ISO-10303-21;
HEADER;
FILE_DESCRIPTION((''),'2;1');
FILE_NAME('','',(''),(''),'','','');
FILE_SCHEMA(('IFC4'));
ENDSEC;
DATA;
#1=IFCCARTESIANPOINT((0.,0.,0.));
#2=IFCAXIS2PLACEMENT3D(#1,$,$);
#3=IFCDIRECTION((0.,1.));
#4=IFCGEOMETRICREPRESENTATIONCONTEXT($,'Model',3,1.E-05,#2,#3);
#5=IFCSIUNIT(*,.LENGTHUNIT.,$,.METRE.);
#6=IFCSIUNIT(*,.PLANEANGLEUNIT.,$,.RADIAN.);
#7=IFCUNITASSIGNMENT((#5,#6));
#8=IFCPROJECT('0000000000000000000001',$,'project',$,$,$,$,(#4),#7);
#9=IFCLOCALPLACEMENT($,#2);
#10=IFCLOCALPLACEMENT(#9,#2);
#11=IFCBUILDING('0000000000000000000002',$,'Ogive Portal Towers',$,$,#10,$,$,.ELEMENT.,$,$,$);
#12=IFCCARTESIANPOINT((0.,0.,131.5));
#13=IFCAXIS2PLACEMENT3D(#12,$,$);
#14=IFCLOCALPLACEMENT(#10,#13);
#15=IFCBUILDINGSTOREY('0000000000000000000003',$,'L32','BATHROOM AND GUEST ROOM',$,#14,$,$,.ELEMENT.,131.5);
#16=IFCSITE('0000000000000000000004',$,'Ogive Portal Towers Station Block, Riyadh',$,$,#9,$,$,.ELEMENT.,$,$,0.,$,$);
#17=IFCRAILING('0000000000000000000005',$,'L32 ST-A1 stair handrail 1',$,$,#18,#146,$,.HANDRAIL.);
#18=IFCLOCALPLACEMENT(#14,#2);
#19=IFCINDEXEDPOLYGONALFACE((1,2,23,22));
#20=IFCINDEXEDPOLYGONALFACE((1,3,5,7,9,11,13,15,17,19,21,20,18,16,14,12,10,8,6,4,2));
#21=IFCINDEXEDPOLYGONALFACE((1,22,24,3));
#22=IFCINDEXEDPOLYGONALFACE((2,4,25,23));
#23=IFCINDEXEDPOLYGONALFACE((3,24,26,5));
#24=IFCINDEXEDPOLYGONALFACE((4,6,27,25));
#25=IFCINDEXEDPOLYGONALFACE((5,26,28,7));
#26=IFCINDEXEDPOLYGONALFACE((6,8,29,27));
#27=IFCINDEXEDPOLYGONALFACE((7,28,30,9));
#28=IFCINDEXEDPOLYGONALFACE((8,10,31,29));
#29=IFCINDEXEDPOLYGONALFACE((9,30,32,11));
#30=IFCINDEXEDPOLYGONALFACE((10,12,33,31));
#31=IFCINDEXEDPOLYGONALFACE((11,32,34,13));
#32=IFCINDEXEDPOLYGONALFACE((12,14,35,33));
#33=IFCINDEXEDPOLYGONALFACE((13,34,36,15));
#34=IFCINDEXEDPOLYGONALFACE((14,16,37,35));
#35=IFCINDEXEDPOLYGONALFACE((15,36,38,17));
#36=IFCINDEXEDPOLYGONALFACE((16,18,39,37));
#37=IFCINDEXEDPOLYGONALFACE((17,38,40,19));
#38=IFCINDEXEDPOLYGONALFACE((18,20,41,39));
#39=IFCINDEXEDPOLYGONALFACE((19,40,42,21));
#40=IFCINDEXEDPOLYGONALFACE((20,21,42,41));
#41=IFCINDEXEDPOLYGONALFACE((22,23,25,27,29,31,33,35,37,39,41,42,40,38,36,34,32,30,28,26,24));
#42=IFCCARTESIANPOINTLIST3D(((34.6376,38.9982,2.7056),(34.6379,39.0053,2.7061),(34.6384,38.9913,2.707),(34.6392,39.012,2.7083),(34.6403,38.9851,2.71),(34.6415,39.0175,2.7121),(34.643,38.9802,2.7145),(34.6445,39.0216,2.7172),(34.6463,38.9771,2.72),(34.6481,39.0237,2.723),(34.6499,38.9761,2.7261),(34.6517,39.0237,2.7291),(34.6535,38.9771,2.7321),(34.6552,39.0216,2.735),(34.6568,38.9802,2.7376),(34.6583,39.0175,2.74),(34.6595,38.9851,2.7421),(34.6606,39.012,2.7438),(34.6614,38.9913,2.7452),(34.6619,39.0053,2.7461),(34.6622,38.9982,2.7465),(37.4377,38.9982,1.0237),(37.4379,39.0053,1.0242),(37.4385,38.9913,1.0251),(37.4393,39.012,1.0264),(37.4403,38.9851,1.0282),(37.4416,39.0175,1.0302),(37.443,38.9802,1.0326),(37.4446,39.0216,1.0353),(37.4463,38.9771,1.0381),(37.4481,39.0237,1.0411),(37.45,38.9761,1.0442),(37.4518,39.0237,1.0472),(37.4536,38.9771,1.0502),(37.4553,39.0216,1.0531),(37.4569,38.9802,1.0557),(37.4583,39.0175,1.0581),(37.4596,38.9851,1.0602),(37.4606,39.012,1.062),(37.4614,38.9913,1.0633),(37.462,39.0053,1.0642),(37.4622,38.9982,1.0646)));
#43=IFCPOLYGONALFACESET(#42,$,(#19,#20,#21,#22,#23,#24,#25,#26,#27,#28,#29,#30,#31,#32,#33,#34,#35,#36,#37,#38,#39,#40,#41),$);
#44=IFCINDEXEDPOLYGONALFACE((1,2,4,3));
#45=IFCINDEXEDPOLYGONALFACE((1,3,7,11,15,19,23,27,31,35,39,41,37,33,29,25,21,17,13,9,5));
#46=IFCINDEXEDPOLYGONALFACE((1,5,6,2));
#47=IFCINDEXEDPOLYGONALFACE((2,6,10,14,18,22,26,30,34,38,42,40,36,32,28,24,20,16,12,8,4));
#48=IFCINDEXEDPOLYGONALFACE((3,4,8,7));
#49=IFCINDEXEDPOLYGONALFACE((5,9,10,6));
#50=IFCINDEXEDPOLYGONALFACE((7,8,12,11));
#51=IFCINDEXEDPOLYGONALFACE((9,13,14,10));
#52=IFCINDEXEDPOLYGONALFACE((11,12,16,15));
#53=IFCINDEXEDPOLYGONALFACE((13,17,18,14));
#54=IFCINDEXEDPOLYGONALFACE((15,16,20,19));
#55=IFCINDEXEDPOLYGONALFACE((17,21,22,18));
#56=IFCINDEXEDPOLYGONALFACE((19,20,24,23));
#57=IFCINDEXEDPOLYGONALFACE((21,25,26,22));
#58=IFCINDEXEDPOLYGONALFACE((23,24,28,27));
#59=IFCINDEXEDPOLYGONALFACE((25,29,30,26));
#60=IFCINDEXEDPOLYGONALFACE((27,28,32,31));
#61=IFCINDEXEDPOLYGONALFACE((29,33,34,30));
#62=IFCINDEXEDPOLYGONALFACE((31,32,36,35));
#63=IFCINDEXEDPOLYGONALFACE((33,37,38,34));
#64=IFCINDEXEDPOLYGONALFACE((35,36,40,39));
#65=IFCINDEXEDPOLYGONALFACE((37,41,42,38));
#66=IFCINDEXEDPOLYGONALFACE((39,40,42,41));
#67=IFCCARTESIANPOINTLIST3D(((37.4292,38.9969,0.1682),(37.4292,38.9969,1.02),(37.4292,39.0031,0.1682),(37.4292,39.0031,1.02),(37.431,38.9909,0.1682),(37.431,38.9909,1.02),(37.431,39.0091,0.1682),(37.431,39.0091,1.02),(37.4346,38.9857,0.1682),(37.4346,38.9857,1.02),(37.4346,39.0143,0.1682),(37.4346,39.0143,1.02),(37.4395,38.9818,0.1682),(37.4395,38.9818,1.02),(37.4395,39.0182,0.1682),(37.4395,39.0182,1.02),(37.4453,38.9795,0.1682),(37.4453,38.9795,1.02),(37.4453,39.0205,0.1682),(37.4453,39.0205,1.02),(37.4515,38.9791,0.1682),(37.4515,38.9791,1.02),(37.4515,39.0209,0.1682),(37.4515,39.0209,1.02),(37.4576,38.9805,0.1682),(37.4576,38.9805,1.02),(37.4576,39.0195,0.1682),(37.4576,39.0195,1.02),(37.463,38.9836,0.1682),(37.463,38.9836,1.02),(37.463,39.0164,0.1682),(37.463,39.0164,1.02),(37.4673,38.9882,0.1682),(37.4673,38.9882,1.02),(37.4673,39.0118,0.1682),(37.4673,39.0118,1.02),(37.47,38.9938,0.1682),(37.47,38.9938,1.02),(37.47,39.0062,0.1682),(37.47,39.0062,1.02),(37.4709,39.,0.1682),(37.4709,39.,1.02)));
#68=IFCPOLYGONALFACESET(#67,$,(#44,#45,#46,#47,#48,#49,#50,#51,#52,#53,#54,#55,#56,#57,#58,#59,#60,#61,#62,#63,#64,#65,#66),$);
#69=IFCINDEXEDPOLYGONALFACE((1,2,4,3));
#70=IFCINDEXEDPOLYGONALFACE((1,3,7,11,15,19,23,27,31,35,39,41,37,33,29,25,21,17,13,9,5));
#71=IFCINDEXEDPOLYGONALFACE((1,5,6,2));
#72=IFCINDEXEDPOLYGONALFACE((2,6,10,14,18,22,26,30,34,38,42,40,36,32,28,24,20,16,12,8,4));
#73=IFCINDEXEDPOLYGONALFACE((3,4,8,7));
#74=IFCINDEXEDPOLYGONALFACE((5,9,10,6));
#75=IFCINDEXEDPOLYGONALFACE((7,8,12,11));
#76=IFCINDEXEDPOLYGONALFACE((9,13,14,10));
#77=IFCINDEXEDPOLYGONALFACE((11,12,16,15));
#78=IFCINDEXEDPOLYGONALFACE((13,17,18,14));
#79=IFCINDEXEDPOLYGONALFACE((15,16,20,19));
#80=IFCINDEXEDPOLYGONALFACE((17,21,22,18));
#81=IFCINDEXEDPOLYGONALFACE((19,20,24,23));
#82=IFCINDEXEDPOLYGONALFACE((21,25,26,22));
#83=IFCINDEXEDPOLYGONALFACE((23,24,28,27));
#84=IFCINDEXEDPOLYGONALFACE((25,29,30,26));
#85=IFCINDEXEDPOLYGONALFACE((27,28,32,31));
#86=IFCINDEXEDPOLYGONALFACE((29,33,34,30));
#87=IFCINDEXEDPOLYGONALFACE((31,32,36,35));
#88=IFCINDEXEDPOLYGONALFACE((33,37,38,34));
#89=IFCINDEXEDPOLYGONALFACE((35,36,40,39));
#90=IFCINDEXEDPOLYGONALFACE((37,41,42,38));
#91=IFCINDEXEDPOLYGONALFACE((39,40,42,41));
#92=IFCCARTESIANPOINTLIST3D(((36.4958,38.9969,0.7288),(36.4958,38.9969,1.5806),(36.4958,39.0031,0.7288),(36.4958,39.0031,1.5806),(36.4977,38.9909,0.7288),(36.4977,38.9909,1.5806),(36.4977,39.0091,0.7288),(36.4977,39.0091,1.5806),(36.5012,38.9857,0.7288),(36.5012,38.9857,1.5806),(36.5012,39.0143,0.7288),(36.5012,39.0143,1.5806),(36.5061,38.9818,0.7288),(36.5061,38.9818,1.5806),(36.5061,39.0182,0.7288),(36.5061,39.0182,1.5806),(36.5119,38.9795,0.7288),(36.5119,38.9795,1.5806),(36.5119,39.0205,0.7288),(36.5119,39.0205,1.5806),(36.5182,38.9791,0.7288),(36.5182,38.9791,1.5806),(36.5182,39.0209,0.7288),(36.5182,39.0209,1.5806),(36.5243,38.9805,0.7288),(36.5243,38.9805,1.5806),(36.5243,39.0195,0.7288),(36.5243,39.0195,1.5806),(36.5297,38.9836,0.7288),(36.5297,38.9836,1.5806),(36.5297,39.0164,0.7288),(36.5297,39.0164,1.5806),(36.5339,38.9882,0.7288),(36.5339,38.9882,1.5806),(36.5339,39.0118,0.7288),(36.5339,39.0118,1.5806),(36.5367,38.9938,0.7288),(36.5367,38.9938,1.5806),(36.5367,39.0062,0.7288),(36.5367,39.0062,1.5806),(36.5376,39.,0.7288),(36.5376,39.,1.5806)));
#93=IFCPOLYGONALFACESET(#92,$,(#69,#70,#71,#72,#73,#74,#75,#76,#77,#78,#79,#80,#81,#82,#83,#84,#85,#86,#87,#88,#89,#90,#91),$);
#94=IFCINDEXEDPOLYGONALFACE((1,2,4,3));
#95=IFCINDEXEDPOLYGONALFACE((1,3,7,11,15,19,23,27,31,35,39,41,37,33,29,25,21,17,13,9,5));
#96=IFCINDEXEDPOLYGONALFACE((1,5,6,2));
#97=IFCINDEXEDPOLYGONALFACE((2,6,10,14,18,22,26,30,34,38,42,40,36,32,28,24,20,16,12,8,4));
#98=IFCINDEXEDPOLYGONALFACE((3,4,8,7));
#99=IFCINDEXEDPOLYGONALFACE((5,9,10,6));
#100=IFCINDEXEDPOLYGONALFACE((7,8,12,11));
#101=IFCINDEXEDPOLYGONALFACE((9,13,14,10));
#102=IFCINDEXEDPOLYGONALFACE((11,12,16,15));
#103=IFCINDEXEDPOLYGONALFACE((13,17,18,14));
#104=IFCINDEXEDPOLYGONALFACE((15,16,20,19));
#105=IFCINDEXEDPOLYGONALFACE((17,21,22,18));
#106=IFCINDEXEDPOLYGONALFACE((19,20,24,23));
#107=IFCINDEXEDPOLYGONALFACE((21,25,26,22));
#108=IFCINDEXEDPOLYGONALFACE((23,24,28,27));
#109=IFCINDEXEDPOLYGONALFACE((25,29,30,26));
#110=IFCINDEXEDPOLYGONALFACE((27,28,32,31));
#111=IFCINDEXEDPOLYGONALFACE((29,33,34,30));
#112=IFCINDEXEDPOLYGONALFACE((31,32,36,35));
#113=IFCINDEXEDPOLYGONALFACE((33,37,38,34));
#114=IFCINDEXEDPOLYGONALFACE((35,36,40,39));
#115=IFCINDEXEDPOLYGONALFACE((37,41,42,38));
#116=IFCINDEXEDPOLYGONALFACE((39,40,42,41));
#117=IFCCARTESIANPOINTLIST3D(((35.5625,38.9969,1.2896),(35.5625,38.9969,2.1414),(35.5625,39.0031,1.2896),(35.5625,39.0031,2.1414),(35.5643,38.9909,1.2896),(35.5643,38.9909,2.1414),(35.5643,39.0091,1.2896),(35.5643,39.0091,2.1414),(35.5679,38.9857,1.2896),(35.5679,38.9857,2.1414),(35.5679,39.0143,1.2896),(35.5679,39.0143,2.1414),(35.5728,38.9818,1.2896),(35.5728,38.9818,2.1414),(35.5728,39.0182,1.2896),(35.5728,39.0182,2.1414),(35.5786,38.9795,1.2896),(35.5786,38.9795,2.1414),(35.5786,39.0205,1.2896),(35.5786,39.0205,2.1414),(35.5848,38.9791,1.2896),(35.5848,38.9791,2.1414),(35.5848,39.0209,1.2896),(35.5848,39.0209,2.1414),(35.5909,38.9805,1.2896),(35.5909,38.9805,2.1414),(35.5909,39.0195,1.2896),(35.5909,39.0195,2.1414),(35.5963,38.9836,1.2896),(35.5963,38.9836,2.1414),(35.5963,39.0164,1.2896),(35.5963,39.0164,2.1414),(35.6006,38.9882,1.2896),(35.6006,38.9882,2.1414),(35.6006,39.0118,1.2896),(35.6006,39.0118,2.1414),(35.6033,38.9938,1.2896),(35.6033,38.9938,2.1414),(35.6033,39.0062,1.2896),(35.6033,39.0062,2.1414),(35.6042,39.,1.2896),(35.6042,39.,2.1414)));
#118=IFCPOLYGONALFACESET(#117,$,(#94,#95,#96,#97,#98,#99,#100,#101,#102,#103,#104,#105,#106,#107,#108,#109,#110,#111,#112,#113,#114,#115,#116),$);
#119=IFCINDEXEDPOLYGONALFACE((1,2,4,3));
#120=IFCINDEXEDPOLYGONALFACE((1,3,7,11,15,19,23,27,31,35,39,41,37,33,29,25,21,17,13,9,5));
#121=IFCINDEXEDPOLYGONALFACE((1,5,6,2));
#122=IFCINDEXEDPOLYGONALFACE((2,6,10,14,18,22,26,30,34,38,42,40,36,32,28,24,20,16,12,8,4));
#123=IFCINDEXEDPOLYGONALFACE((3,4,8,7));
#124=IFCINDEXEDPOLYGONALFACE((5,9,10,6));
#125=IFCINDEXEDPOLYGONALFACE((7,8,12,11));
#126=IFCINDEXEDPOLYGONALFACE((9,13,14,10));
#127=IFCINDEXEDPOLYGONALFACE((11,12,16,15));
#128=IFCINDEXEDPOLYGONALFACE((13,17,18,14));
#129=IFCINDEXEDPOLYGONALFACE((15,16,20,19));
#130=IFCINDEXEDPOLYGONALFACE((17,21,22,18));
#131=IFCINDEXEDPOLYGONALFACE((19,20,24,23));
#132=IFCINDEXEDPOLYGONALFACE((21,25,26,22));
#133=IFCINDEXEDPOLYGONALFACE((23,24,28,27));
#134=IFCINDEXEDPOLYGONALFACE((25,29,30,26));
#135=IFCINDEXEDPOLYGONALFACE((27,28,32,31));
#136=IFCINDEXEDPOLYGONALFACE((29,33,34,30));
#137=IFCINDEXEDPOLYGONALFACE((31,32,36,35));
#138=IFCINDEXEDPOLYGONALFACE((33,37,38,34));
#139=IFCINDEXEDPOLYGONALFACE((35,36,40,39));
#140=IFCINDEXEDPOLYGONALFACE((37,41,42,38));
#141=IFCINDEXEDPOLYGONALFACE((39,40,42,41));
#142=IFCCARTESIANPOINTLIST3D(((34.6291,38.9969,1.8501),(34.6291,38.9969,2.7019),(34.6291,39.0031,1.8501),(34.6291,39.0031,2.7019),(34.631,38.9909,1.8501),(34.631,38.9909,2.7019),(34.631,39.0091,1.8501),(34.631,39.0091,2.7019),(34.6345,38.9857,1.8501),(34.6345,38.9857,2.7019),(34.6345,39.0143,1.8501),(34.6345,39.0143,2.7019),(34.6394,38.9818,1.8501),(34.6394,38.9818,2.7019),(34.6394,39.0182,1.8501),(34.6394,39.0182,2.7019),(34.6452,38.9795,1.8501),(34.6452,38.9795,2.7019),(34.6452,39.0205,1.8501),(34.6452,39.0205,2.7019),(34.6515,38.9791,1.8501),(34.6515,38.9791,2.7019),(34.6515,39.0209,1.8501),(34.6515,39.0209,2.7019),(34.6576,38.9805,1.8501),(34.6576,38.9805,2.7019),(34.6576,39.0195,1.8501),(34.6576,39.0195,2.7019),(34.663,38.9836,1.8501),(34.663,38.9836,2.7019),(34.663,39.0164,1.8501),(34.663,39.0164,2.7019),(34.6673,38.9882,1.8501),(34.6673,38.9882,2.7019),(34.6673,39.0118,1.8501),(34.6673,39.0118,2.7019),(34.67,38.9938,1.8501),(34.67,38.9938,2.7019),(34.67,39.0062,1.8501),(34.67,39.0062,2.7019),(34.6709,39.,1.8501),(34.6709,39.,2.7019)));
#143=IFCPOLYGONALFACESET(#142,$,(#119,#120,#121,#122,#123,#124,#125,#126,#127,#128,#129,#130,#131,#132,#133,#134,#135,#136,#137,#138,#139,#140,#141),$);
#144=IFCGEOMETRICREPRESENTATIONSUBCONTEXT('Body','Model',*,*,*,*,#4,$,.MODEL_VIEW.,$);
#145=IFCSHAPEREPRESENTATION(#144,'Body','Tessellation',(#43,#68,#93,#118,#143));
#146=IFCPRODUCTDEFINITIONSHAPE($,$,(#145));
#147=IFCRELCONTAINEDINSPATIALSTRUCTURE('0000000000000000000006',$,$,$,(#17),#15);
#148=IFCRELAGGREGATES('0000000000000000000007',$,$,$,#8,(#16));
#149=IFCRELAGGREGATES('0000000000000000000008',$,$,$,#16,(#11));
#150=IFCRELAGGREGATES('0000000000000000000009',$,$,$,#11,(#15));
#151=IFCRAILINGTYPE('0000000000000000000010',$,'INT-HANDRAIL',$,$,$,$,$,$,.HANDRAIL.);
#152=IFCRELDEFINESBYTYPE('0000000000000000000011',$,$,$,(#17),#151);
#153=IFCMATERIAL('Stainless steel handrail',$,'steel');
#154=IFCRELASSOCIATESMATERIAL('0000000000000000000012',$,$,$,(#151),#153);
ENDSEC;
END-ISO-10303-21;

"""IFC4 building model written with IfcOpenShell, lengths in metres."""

from ifc_helpers import new_model, si_unit, direction, frame, origin, origin_2d, place, context, subcontext, project, spatial, circle, extrude, material, type_object, element, save


model = new_model("IFC4")

# Units and contexts
model_context = context("Model", 3, precision=1e-05, world=origin(), true_north=direction((0.0, 1.0)))
body_context = subcontext(model_context, "Body", "Model", "MODEL_VIEW")
ifc_project = project(units=[si_unit("LENGTHUNIT", "METRE"), si_unit("PLANEANGLEUNIT", "RADIAN")], contexts=[model_context])

# Site, building, storey
site_placement = place(None, origin())
site = spatial("IfcSite", under=ifc_project, at=site_placement, Name="Ogive Portal Towers Station Block, Riyadh", CompositionType="ELEMENT", RefElevation=0.0)
building_placement = place(site_placement, origin())
building = spatial("IfcBuilding", under=site, at=building_placement, Name="Ogive Portal Towers", CompositionType="ELEMENT")
storey_placement = place(building_placement, frame((0.0, 0.0, 131.5)))
storey = spatial("IfcBuildingStorey", under=building, at=storey_placement, Name="L32", Description="BATHROOM AND GUEST ROOM", CompositionType="ELEMENT", Elevation=131.5)

# Railing
ifc_material_1 = material(Name="Stainless steel handrail", Category="steel")
railing_type_1 = type_object("IfcRailingType", Name="INT-HANDRAIL", PredefinedType="HANDRAIL", material=ifc_material_1)
railing_1_placement = place(storey_placement, frame((37.45, 39.0, 0.1682)))
element("IfcRailing", 1, at=railing_1_placement, inside=storey, type_object=railing_type_1, Name="L32 ST-A1 stair handrail 1", PredefinedType="HANDRAIL", context=body_context, shape_type="SweptSolid", body=[
    extrude(circle(Radius=0.0239, at=origin_2d()), frame((0.0, 0.0, 0.876), z_axis=(-0.857242, 0.0, 0.514913), x_axis=(0.0, -1.0, 0.0)), (0.0, 0.0, 1.0), 3.2664),
    extrude(circle(Radius=0.021, at=origin_2d()), origin(), (0.0, 0.0, 1.0), 0.8518),
    extrude(circle(Radius=0.021, at=origin_2d()), frame((-0.9333, 0.0, 0.5605)), (0.0, 0.0, 1.0), 0.8518),
    extrude(circle(Radius=0.021, at=origin_2d()), frame((-1.8667, 0.0, 1.1213)), (0.0, 0.0, 1.0), 0.8518),
    extrude(circle(Radius=0.021, at=origin_2d()), frame((-2.8, 0.0, 1.6819)), (0.0, 0.0, 1.0), 0.8518),
])

save(model, "model.ifc")
